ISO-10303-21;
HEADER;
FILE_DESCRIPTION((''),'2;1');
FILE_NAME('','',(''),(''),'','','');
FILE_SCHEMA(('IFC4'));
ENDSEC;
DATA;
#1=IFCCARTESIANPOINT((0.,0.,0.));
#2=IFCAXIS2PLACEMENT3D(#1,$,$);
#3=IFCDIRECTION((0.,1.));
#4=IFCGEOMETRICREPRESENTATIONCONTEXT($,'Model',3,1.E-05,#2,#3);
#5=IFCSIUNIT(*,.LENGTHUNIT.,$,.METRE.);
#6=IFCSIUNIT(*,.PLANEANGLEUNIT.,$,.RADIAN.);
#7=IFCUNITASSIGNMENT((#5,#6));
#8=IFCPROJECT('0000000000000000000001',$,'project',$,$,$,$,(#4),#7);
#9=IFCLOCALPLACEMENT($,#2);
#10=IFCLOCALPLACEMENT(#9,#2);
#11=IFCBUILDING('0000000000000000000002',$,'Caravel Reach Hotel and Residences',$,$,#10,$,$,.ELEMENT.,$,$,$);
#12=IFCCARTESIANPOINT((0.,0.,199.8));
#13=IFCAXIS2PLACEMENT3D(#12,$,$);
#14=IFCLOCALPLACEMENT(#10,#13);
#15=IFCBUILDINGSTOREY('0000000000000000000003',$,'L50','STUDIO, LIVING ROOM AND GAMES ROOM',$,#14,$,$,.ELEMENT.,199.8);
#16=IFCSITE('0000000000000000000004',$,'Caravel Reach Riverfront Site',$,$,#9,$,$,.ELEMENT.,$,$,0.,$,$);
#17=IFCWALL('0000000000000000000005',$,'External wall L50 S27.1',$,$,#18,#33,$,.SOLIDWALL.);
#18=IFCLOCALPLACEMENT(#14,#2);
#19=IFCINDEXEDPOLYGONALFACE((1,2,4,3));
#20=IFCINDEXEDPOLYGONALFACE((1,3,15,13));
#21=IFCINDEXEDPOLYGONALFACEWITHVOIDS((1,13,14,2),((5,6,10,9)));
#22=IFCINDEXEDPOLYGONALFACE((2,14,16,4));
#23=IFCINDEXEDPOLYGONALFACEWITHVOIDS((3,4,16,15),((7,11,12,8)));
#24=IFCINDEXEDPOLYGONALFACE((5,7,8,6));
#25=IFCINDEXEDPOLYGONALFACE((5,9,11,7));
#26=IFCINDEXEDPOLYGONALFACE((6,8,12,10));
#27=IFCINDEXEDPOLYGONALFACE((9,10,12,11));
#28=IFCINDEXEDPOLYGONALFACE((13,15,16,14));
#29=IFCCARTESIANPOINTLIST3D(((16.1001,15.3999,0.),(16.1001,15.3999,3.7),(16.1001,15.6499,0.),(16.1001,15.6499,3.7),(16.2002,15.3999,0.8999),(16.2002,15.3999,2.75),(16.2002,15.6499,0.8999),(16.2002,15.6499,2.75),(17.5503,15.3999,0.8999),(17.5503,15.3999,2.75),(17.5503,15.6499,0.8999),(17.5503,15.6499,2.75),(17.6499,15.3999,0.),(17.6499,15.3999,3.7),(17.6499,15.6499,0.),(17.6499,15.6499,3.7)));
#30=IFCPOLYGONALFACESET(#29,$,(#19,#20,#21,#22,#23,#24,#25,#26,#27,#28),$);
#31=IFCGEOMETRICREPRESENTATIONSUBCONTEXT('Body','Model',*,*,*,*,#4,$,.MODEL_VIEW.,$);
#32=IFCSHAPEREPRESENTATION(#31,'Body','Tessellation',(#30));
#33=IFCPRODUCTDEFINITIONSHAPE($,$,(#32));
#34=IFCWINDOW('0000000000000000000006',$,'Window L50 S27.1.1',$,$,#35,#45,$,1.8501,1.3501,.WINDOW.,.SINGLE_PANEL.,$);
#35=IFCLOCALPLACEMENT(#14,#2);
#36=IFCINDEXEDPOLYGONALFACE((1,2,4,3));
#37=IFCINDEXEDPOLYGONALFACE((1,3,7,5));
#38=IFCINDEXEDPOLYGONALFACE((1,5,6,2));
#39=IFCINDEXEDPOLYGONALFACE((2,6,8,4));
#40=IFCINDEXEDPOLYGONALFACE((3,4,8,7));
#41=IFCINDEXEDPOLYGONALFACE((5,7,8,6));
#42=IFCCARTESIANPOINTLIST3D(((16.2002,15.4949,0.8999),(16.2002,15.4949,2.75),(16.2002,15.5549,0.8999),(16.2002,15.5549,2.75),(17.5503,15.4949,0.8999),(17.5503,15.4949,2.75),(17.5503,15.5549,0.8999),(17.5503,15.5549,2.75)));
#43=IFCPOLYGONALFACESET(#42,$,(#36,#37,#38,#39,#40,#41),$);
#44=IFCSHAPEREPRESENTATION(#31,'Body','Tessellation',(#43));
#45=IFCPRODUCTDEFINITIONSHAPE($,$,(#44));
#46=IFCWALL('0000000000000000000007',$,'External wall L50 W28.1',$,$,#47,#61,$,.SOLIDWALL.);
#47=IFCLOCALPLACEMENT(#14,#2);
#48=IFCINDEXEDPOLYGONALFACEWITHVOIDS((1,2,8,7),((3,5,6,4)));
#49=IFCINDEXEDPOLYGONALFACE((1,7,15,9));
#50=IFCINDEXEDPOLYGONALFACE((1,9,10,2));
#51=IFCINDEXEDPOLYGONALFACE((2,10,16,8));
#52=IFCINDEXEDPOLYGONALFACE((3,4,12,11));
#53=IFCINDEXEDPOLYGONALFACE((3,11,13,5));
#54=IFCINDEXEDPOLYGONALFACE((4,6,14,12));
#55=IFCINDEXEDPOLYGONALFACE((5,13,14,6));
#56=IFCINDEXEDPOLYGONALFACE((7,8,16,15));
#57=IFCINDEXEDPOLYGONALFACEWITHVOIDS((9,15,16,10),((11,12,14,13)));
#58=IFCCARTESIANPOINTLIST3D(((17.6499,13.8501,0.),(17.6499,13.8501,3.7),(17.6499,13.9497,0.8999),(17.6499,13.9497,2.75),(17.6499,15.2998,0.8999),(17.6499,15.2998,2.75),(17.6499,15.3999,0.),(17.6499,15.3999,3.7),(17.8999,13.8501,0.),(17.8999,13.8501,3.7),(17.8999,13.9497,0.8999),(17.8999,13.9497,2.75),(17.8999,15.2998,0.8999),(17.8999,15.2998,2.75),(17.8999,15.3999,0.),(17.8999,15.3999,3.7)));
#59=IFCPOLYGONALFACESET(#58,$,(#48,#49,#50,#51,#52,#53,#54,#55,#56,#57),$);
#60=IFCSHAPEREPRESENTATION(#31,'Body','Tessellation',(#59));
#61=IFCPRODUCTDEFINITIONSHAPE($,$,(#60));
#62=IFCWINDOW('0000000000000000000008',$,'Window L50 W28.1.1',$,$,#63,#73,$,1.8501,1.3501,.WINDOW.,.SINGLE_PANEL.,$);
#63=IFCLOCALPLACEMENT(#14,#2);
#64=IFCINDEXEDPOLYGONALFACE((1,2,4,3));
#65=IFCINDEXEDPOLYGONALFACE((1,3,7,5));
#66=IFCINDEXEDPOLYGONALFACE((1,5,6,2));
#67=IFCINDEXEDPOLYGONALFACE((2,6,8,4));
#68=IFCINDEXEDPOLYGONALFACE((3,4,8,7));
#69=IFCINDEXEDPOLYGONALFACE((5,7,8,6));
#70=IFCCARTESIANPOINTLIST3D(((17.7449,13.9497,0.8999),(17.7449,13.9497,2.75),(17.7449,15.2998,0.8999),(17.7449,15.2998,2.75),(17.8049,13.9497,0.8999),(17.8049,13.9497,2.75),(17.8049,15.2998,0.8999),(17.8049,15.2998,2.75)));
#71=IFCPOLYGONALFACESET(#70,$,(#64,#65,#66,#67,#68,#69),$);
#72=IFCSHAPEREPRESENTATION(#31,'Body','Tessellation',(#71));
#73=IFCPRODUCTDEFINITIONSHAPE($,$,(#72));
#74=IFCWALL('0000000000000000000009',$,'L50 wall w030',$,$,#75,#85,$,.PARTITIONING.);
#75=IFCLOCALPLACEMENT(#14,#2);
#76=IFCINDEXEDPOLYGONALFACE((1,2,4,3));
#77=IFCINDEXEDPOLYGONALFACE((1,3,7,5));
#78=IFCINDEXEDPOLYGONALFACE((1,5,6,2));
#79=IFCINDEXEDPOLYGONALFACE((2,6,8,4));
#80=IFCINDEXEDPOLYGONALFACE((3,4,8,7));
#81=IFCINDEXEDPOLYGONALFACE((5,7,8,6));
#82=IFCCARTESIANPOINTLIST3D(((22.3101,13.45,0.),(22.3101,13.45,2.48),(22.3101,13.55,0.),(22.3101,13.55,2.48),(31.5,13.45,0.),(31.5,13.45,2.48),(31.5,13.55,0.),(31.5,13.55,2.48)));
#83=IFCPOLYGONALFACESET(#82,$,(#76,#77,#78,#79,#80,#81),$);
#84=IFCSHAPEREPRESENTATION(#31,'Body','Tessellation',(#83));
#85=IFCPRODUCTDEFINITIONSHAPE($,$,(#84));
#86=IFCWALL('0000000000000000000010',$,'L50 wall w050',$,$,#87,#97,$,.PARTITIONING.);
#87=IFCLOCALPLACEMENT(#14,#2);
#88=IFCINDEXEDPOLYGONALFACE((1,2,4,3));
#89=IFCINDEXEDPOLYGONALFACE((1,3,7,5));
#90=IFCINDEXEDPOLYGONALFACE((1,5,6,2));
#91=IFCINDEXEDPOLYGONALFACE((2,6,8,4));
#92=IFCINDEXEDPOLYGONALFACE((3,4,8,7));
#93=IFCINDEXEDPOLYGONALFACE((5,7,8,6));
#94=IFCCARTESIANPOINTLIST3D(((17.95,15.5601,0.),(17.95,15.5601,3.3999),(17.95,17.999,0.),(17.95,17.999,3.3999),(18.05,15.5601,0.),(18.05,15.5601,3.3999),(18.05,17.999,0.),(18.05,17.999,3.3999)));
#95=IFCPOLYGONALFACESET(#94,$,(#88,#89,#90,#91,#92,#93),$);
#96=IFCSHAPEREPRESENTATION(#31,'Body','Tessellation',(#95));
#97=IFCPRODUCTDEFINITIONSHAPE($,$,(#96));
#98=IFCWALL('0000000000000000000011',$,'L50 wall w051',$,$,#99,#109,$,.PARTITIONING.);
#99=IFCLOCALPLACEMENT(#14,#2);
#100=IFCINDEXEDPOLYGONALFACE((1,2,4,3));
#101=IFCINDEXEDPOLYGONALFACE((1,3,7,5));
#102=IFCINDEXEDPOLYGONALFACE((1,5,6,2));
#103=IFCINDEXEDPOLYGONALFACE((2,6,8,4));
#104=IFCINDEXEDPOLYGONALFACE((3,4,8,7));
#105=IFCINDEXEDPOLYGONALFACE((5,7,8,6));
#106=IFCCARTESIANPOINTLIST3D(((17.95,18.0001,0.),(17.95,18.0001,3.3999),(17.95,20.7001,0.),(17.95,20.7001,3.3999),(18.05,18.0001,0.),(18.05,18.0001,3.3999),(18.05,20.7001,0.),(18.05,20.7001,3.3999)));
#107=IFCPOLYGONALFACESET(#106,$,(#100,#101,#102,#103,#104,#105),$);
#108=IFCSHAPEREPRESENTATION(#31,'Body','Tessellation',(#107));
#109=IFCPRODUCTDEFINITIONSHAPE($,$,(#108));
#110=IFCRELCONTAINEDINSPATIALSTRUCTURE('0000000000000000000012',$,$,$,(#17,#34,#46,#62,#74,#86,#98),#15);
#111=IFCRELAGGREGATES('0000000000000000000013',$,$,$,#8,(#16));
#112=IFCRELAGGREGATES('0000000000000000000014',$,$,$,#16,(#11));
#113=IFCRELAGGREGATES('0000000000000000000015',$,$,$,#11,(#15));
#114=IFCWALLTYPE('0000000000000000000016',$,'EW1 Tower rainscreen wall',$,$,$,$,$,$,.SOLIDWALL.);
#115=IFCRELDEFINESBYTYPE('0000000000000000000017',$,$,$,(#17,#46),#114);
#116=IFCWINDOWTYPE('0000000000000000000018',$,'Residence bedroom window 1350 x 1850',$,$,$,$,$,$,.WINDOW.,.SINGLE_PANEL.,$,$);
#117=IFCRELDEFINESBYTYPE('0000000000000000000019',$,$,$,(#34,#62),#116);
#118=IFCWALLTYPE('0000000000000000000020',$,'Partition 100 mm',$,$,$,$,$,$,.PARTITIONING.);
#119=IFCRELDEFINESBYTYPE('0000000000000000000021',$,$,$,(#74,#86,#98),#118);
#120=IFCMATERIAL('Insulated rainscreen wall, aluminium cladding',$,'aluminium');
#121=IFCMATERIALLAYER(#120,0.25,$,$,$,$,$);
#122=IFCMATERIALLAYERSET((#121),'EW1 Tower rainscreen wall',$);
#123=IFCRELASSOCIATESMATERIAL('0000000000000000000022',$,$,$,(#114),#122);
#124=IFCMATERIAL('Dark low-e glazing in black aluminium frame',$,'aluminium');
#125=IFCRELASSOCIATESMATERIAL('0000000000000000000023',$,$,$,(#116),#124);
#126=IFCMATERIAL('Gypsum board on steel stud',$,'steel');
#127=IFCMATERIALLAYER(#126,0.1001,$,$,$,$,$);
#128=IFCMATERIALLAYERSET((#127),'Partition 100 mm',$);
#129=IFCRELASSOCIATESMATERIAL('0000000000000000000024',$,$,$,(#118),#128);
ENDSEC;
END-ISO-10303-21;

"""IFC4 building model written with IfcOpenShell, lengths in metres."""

from ifc_helpers import new_model, si_unit, direction, frame, frame_2d, origin, place, context, subcontext, project, spatial, rectangle, extrude, material, layer, layer_set, type_object, element, fill, save


model = new_model("IFC4")

# Units and contexts
model_context = context("Model", 3, precision=1e-05, world=origin(), true_north=direction((0.0, 1.0)))
body_context = subcontext(model_context, "Body", "Model", "MODEL_VIEW")
ifc_project = project(units=[si_unit("LENGTHUNIT", "METRE"), si_unit("PLANEANGLEUNIT", "RADIAN")], contexts=[model_context])

# Site, building, storey
site_placement = place(None, origin())
site = spatial("IfcSite", under=ifc_project, at=site_placement, Name="Caravel Reach Riverfront Site", CompositionType="ELEMENT", RefElevation=0.0)
building_placement = place(site_placement, origin())
building = spatial("IfcBuilding", under=site, at=building_placement, Name="Caravel Reach Hotel and Residences", CompositionType="ELEMENT")
storey_placement = place(building_placement, frame((0.0, 0.0, 199.8)))
storey = spatial("IfcBuildingStorey", under=building, at=storey_placement, Name="L50", Description="STUDIO, LIVING ROOM AND GAMES ROOM", CompositionType="ELEMENT", Elevation=199.8)

# Walls, openings, windows
ifc_material_1 = material(Name="Insulated rainscreen wall, aluminium cladding", Category="aluminium")
ifc_layer_1 = layer(ifc_material_1, 0.25)
ifc_layer_set_1 = layer_set([ifc_layer_1], Name="EW1 Tower rainscreen wall")
wall_type_1 = type_object("IfcWallType", Name="EW1 Tower rainscreen wall", PredefinedType="SOLIDWALL", material=ifc_layer_set_1)
wall_1_placement = place(storey_placement, frame((16.1001, 15.5249, 0.0), z_axis=(0.0, 0.0, 1.0), x_axis=(1.0, 0.0, 0.0)))
wall_1 = element("IfcWall", 1, at=wall_1_placement, inside=storey, type_object=wall_type_1, Name="External wall L50 S27.1", PredefinedType="SOLIDWALL", context=body_context, shape_type="SweptSolid", body=[
    extrude(rectangle(XDim=1.5498, YDim=0.25, at=frame_2d((0.7749, 0.0))), origin(), (0.0, 0.0, 1.0), 3.7),
])
opening_1_placement = place(wall_1_placement, frame((0.1001, 0.0, 0.8999)))
opening_1 = element("IfcOpeningElement", 2, at=opening_1_placement, cuts=wall_1, PredefinedType="OPENING", context=body_context, shape_type="SweptSolid", body=[
    extrude(rectangle(XDim=1.3501, YDim=1.8501, at=frame_2d((0.675, 0.925))), frame((0.0, 0.135, 0.0), z_axis=(0.0, -1.0, 0.0), x_axis=(1.0, 0.0, 0.0)), (0.0, 0.0, 1.0), 0.27),
])
ifc_material_2 = material(Name="Dark low-e glazing in black aluminium frame", Category="aluminium")
window_type = type_object("IfcWindowType", Name="Residence bedroom window 1350 x 1850", PartitioningType="SINGLE_PANEL", PredefinedType="WINDOW", material=ifc_material_2)
window_1_placement = place(opening_1_placement, origin())
window_1 = element("IfcWindow", 3, at=window_1_placement, inside=storey, type_object=window_type, Name="Window L50 S27.1.1", OverallHeight=1.8501, OverallWidth=1.3501, PartitioningType="SINGLE_PANEL", PredefinedType="WINDOW", context=body_context, shape_type="SweptSolid", body=[
    extrude(rectangle(XDim=1.3501, YDim=1.8501, at=frame_2d((0.675, 0.925))), frame((0.0, 0.03, 0.0), z_axis=(0.0, -1.0, 0.0), x_axis=(1.0, 0.0, 0.0)), (0.0, 0.0, 1.0), 0.0601),
])
fill(opening_1, window_1)
wall_2_placement = place(storey_placement, frame((17.7749, 15.3999, 0.0), z_axis=(0.0, 0.0, 1.0), x_axis=(0.0, -1.0, 0.0)))
wall_2 = element("IfcWall", 4, at=wall_2_placement, inside=storey, type_object=wall_type_1, Name="External wall L50 W28.1", PredefinedType="SOLIDWALL", context=body_context, shape_type="SweptSolid", body=[
    extrude(rectangle(XDim=1.5498, YDim=0.25, at=frame_2d((0.7749, 0.0))), origin(), (0.0, 0.0, 1.0), 3.7),
])
opening_2_placement = place(wall_2_placement, frame((0.1001, 0.0, 0.8999)))
opening_2 = element("IfcOpeningElement", 5, at=opening_2_placement, cuts=wall_2, PredefinedType="OPENING", context=body_context, shape_type="SweptSolid", body=[
    extrude(rectangle(XDim=1.3501, YDim=1.8501, at=frame_2d((0.675, 0.925))), frame((0.0, 0.135, 0.0), z_axis=(0.0, -1.0, 0.0), x_axis=(1.0, 0.0, 0.0)), (0.0, 0.0, 1.0), 0.27),
])
window_2_placement = place(opening_2_placement, origin())
window_2 = element("IfcWindow", 6, at=window_2_placement, inside=storey, type_object=window_type, Name="Window L50 W28.1.1", OverallHeight=1.8501, OverallWidth=1.3501, PartitioningType="SINGLE_PANEL", PredefinedType="WINDOW", context=body_context, shape_type="SweptSolid", body=[
    extrude(rectangle(XDim=1.3501, YDim=1.8501, at=frame_2d((0.675, 0.925))), frame((0.0, 0.03, 0.0), z_axis=(0.0, -1.0, 0.0), x_axis=(1.0, 0.0, 0.0)), (0.0, 0.0, 1.0), 0.0601),
])
fill(opening_2, window_2)

# Walls
ifc_material_3 = material(Name="Gypsum board on steel stud", Category="steel")
ifc_layer_2 = layer(ifc_material_3, 0.1001)
ifc_layer_set_2 = layer_set([ifc_layer_2], Name="Partition 100 mm")
wall_type_2 = type_object("IfcWallType", Name="Partition 100 mm", PredefinedType="PARTITIONING", material=ifc_layer_set_2)
wall_3_placement = place(storey_placement, frame((22.3101, 13.5, 0.0), z_axis=(0.0, 0.0, 1.0), x_axis=(1.0, 0.0, 0.0)))
element("IfcWall", 7, at=wall_3_placement, inside=storey, type_object=wall_type_2, Name="L50 wall w030", PredefinedType="PARTITIONING", context=body_context, shape_type="SweptSolid", body=[
    extrude(rectangle(XDim=9.1899, YDim=0.1001, at=frame_2d((4.595, 0.0))), origin(), (0.0, 0.0, 1.0), 2.48),
])
wall_4_placement = place(storey_placement, frame((18.0, 15.5601, 0.0), z_axis=(0.0, 0.0, 1.0), x_axis=(0.0, 1.0, 0.0)))
element("IfcWall", 8, at=wall_4_placement, inside=storey, type_object=wall_type_2, Name="L50 wall w050", PredefinedType="PARTITIONING", context=body_context, shape_type="SweptSolid", body=[
    extrude(rectangle(XDim=2.439, YDim=0.1001, at=frame_2d((1.2195, 0.0))), origin(), (0.0, 0.0, 1.0), 3.3999),
])
wall_5_placement = place(storey_placement, frame((18.0, 18.0, 0.0), z_axis=(0.0, 0.0, 1.0), x_axis=(0.0, 1.0, 0.0)))
element("IfcWall", 9, at=wall_5_placement, inside=storey, type_object=wall_type_2, Name="L50 wall w051", PredefinedType="PARTITIONING", context=body_context, shape_type="SweptSolid", body=[
    extrude(rectangle(XDim=2.7, YDim=0.1001, at=frame_2d((1.3501, 0.0))), origin(), (0.0, 0.0, 1.0), 3.3999),
])

save(model, "model.ifc")
